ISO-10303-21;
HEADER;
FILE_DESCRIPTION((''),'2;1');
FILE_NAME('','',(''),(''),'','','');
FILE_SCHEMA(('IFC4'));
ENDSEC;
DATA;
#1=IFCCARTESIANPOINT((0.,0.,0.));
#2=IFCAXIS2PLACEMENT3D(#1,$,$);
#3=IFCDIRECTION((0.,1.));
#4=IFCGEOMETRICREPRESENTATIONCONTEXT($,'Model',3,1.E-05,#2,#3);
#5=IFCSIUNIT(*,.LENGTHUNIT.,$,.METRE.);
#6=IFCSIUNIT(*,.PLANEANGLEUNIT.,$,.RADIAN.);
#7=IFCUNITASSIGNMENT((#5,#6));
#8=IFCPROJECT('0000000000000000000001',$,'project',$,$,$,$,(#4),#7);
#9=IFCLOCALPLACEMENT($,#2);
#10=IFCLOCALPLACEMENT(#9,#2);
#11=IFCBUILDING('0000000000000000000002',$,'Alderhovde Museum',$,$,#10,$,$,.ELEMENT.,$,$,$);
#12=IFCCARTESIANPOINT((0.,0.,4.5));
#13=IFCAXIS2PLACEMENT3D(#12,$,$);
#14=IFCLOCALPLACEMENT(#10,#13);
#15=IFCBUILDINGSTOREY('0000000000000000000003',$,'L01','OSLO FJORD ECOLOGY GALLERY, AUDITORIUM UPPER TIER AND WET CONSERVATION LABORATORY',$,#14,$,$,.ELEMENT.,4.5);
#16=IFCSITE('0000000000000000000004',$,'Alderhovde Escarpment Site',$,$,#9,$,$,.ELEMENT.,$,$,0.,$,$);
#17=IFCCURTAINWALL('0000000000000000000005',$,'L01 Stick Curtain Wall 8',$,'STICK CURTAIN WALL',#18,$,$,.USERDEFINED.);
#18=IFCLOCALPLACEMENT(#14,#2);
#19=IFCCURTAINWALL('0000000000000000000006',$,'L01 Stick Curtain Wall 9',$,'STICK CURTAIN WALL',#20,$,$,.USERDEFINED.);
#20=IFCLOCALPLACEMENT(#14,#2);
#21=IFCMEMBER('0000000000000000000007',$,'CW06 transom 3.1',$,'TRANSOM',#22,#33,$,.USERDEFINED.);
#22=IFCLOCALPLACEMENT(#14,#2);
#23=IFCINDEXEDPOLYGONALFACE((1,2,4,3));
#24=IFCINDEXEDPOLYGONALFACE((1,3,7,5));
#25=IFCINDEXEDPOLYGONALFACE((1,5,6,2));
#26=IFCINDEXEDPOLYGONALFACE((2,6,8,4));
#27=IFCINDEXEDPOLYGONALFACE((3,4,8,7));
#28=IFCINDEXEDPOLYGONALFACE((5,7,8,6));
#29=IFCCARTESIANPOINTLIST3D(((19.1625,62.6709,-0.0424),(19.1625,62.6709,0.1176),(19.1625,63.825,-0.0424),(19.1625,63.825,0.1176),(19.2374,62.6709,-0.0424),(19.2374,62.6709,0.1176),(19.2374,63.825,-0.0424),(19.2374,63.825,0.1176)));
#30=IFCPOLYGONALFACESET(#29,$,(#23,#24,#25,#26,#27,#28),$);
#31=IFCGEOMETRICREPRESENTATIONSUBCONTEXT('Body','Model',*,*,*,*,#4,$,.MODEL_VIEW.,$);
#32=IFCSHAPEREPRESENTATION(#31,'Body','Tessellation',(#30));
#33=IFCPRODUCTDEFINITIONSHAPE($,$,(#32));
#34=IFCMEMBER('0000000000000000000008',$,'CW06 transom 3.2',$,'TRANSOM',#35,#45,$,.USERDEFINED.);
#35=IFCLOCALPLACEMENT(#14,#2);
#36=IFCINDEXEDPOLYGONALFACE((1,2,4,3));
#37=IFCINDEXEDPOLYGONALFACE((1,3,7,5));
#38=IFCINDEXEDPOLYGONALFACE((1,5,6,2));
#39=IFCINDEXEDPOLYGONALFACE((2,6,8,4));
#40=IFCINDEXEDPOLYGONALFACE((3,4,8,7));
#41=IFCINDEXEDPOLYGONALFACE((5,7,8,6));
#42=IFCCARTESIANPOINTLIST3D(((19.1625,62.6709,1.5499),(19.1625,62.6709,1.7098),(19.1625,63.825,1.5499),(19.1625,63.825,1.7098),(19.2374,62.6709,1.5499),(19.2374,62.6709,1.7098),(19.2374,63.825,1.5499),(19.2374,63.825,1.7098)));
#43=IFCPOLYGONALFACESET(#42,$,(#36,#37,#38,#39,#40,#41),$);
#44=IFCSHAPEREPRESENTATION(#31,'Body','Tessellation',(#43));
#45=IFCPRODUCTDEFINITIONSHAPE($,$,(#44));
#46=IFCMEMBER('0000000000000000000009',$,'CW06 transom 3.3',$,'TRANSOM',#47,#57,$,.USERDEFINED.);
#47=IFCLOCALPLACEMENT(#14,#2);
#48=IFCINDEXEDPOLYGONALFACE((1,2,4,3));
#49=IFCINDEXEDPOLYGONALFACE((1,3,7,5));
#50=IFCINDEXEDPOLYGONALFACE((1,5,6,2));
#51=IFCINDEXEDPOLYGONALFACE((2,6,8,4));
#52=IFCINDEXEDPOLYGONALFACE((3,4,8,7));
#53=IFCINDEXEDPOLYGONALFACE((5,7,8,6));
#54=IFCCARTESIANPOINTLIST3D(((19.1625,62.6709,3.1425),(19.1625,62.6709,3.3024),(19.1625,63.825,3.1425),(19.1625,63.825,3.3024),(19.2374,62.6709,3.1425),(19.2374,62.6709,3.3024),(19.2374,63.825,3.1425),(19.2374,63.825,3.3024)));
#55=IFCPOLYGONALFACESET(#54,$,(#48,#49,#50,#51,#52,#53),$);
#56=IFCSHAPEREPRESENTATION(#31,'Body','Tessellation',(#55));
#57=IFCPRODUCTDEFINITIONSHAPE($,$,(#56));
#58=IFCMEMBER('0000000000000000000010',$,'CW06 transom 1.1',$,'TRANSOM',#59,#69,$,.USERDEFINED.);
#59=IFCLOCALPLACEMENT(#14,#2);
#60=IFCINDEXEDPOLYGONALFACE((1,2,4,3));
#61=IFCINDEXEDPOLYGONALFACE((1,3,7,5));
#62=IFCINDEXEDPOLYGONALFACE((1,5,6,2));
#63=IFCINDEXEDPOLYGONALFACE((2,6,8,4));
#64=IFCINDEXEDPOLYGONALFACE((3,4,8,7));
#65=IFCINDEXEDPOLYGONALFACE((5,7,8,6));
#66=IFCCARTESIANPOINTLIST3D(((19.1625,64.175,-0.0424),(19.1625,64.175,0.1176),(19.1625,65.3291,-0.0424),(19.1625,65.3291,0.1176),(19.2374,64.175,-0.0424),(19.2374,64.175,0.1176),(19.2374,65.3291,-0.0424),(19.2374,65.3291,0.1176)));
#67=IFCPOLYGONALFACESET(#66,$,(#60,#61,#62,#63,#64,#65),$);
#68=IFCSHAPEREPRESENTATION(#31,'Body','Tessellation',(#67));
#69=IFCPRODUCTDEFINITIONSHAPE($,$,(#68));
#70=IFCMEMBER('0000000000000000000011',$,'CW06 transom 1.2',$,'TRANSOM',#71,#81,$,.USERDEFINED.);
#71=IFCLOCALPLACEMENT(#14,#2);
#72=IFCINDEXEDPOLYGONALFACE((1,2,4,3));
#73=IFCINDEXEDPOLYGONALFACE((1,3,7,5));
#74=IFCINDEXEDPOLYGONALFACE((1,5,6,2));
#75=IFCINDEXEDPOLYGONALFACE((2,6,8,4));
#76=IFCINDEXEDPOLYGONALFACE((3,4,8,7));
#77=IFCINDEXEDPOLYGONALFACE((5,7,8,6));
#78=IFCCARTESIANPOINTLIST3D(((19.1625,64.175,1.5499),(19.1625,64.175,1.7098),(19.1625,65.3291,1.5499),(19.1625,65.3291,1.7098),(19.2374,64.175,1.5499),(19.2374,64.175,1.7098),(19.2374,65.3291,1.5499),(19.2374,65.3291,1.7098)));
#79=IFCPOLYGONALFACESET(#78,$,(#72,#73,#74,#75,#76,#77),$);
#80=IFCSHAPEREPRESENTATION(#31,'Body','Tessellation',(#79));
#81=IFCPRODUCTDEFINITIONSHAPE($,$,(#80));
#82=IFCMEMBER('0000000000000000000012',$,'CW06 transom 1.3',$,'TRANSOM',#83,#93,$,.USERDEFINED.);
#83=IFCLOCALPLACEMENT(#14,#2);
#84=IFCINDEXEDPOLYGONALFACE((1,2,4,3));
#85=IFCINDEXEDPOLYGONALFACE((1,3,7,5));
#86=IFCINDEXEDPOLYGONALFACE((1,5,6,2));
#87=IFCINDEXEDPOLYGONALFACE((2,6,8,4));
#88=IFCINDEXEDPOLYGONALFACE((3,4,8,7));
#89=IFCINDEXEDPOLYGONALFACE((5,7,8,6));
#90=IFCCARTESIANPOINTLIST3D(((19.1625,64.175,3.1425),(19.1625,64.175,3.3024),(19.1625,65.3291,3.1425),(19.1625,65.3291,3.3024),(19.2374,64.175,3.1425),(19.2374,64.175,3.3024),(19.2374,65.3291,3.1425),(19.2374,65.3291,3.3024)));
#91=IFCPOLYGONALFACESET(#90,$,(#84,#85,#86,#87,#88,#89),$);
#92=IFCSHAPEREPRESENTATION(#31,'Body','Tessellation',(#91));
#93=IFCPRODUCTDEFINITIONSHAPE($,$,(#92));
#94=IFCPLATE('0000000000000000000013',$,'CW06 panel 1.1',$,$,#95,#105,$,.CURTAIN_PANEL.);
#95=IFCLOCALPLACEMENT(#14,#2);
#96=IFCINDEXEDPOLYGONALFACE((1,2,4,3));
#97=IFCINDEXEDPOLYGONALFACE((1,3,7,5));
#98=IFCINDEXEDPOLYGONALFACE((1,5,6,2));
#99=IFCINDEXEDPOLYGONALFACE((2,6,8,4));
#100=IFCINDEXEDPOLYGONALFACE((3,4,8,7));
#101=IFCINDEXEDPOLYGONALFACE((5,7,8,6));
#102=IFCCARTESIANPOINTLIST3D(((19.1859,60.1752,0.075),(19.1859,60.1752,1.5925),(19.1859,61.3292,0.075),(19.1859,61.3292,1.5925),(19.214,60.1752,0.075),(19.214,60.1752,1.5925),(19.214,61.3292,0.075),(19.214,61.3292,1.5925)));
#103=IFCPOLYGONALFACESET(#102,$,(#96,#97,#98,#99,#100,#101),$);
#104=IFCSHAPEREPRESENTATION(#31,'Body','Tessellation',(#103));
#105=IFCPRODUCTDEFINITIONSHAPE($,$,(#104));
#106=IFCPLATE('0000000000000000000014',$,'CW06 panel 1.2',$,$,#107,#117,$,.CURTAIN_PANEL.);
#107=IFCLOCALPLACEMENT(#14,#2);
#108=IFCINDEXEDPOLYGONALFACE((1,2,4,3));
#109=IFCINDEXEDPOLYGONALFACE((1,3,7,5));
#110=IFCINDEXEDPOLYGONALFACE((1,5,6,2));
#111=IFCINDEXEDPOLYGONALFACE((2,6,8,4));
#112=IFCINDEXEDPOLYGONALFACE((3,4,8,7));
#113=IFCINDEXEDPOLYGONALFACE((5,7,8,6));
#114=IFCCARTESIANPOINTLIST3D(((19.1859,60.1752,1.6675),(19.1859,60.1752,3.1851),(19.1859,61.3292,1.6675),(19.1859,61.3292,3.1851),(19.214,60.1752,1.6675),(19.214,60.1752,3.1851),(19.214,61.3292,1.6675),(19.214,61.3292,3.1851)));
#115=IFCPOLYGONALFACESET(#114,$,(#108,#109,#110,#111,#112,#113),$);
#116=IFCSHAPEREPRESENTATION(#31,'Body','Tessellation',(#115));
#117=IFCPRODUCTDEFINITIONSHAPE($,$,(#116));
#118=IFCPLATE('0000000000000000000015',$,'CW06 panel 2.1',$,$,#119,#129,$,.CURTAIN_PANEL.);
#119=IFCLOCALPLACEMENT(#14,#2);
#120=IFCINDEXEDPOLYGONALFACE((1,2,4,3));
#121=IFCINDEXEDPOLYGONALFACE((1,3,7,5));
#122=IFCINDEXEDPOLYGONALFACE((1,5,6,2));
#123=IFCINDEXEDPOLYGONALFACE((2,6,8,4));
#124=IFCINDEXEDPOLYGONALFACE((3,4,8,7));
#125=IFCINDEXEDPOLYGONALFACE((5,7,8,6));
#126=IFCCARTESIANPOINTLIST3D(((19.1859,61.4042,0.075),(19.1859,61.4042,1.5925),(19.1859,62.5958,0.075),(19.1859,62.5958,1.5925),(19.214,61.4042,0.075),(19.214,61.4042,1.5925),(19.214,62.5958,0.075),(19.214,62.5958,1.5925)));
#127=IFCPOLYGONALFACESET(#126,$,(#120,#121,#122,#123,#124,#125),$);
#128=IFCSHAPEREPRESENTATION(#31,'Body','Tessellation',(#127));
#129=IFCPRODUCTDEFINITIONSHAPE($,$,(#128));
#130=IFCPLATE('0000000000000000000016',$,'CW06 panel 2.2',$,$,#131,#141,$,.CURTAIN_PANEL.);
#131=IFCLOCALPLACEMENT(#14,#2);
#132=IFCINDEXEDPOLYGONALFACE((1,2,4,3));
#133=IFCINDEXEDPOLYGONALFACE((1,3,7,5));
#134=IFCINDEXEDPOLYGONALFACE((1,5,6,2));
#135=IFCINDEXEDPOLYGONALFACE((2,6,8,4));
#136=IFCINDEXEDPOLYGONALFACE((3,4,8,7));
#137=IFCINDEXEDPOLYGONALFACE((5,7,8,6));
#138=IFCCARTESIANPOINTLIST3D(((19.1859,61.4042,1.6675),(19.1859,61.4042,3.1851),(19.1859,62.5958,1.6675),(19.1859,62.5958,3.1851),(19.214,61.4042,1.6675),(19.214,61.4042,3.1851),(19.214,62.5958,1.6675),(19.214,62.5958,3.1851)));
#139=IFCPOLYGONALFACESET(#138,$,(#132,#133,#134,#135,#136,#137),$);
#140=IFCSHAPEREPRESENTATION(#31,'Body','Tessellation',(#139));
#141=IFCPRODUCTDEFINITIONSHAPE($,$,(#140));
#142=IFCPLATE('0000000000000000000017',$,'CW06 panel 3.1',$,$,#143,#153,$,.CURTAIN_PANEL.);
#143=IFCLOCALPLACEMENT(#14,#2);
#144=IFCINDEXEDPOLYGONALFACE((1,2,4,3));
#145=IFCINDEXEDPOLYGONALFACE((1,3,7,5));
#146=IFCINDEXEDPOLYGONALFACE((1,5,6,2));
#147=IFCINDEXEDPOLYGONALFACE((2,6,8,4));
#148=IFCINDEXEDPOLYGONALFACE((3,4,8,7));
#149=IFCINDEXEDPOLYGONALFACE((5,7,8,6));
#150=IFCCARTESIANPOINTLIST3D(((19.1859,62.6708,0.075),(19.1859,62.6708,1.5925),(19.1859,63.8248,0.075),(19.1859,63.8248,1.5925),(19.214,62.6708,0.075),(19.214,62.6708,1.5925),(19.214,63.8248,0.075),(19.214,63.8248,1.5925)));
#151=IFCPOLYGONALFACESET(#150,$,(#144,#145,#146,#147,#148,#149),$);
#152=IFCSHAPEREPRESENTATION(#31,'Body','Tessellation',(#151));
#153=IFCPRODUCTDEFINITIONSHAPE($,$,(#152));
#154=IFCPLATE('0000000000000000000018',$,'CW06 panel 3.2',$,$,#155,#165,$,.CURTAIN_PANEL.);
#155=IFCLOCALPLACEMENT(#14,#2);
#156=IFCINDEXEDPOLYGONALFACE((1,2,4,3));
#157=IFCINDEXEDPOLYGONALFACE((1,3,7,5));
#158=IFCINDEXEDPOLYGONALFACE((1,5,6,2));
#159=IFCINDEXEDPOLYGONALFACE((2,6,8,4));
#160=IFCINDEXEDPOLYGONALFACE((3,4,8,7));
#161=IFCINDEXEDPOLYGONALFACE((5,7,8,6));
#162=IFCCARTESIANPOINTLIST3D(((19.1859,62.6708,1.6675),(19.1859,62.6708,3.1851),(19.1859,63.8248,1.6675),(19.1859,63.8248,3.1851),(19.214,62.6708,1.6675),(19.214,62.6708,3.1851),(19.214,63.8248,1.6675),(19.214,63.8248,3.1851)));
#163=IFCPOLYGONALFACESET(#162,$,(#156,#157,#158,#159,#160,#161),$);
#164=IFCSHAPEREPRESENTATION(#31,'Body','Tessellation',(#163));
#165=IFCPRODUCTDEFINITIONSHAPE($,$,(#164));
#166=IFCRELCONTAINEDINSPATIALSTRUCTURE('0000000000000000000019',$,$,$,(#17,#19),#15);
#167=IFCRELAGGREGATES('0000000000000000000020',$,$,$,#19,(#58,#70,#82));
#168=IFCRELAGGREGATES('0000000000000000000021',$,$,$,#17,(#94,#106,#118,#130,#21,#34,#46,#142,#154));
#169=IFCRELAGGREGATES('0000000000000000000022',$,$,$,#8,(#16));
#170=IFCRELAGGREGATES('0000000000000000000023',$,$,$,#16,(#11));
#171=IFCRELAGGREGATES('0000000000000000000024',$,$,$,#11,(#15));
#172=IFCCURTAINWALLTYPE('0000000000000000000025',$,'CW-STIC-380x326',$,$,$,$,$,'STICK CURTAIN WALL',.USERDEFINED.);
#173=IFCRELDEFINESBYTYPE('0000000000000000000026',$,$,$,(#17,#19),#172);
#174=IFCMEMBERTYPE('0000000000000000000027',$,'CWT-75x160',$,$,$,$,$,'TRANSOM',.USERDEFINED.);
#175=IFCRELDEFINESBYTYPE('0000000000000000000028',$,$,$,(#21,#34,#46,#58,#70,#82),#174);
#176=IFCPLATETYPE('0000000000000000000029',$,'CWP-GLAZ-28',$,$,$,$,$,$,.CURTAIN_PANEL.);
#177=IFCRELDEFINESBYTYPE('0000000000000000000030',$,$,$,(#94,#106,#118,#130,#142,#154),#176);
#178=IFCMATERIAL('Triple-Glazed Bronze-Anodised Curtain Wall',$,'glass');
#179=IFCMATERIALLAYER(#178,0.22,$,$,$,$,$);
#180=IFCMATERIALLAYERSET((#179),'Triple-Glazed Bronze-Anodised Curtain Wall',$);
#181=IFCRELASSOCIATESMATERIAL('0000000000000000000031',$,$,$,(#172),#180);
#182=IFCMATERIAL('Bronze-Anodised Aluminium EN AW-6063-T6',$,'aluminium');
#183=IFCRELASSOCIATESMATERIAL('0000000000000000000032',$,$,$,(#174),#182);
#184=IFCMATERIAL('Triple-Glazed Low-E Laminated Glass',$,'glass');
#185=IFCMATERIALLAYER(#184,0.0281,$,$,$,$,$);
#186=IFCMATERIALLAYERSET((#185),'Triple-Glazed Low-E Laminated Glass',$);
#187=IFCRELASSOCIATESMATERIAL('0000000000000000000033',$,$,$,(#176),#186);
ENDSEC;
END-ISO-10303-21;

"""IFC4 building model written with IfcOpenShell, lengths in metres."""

from ifc_helpers import new_model, si_unit, direction, frame, origin, origin_2d, place, context, subcontext, project, spatial, rectangle, extrude, material, layer, layer_set, material_profile, profile_set, type_object, element, aggregate, save


model = new_model("IFC4")

# Units and contexts
model_context = context("Model", 3, precision=1e-05, world=origin(), true_north=direction((0.0, 1.0)))
body_context = subcontext(model_context, "Body", "Model", "MODEL_VIEW")
ifc_project = project(units=[si_unit("LENGTHUNIT", "METRE"), si_unit("PLANEANGLEUNIT", "RADIAN")], contexts=[model_context])

# Site, building, storey
site_placement = place(None, origin())
site = spatial("IfcSite", under=ifc_project, at=site_placement, Name="Alderhovde Escarpment Site", CompositionType="ELEMENT", RefElevation=0.0)
building_placement = place(site_placement, origin())
building = spatial("IfcBuilding", under=site, at=building_placement, Name="Alderhovde Museum", CompositionType="ELEMENT")
storey_placement = place(building_placement, frame((0.0, 0.0, 4.5)))
storey = spatial("IfcBuildingStorey", under=building, at=storey_placement, Name="L01", Description="OSLO FJORD ECOLOGY GALLERY, AUDITORIUM UPPER TIER AND WET CONSERVATION LABORATORY", CompositionType="ELEMENT", Elevation=4.5)

# Curtain wall
ifc_material_1 = material(Name="Triple-Glazed Bronze-Anodised Curtain Wall", Category="glass")
ifc_layer_1 = layer(ifc_material_1, 0.22)
ifc_layer_set_1 = layer_set([ifc_layer_1], Name="Triple-Glazed Bronze-Anodised Curtain Wall")
curtain_wall_type = type_object("IfcCurtainWallType", Name="CW-STIC-380x326", ElementType="STICK CURTAIN WALL", PredefinedType="USERDEFINED", material=ifc_layer_set_1)
curtain_wall_1_placement = place(storey_placement, origin())
curtain_wall_1 = element("IfcCurtainWall", 1, at=curtain_wall_1_placement, inside=storey, type_object=curtain_wall_type, Name="L01 Stick Curtain Wall 8", ObjectType="STICK CURTAIN WALL", PredefinedType="USERDEFINED")

# Curtain wall
curtain_wall_2_placement = place(storey_placement, origin())
curtain_wall_2 = element("IfcCurtainWall", 2, at=curtain_wall_2_placement, inside=storey, type_object=curtain_wall_type, Name="L01 Stick Curtain Wall 9", ObjectType="STICK CURTAIN WALL", PredefinedType="USERDEFINED")

# Members
ifc_material_2 = material(Name="Bronze-Anodised Aluminium EN AW-6063-T6", Category="aluminium")
ifc_material_profile_1 = material_profile(ifc_material_2, rectangle(XDim=0.075, YDim=0.1599, at=origin_2d()), Name="TRANSOM 75x160")
ifc_profile_set_1 = profile_set([ifc_material_profile_1], Name="Bronze-Anodised Aluminium EN AW-6063-T6")
member_type_1 = type_object("IfcMemberType", Name="CWT-75x160", ElementType="TRANSOM", PredefinedType="USERDEFINED", material=ifc_profile_set_1)
member_1_placement = place(storey_placement, frame((19.2, 62.6709, 0.0376), z_axis=(0.0, 1.0, 0.0), x_axis=(-1.0, 0.0, 0.0)))
member_1 = element("IfcMember", 3, at=member_1_placement, type_object=member_type_1, Name="CW06 transom 3.1", ObjectType="TRANSOM", PredefinedType="USERDEFINED", context=body_context, shape_type="SweptSolid", body=[
    extrude(rectangle(XDim=0.075, YDim=0.1599, at=origin_2d()), origin(), (0.0, 0.0, 1.0), 1.1541),
])
member_2_placement = place(storey_placement, frame((19.2, 62.6709, 1.6299), z_axis=(0.0, 1.0, 0.0), x_axis=(-1.0, 0.0, 0.0)))
member_2 = element("IfcMember", 4, at=member_2_placement, type_object=member_type_1, Name="CW06 transom 3.2", ObjectType="TRANSOM", PredefinedType="USERDEFINED", context=body_context, shape_type="SweptSolid", body=[
    extrude(rectangle(XDim=0.075, YDim=0.1599, at=origin_2d()), origin(), (0.0, 0.0, 1.0), 1.1541),
])
member_3_placement = place(storey_placement, frame((19.2, 62.6709, 3.2224), z_axis=(0.0, 1.0, 0.0), x_axis=(-1.0, 0.0, 0.0)))
member_3 = element("IfcMember", 5, at=member_3_placement, type_object=member_type_1, Name="CW06 transom 3.3", ObjectType="TRANSOM", PredefinedType="USERDEFINED", context=body_context, shape_type="SweptSolid", body=[
    extrude(rectangle(XDim=0.075, YDim=0.1599, at=origin_2d()), origin(), (0.0, 0.0, 1.0), 1.1541),
])
member_4_placement = place(storey_placement, frame((19.2, 64.175, 0.0376), z_axis=(0.0, 1.0, 0.0), x_axis=(-1.0, 0.0, 0.0)))
member_4 = element("IfcMember", 6, at=member_4_placement, type_object=member_type_1, Name="CW06 transom 1.1", ObjectType="TRANSOM", PredefinedType="USERDEFINED", context=body_context, shape_type="SweptSolid", body=[
    extrude(rectangle(XDim=0.075, YDim=0.1599, at=origin_2d()), origin(), (0.0, 0.0, 1.0), 1.1541),
])
member_5_placement = place(storey_placement, frame((19.2, 64.175, 1.6299), z_axis=(0.0, 1.0, 0.0), x_axis=(-1.0, 0.0, 0.0)))
member_5 = element("IfcMember", 7, at=member_5_placement, type_object=member_type_1, Name="CW06 transom 1.2", ObjectType="TRANSOM", PredefinedType="USERDEFINED", context=body_context, shape_type="SweptSolid", body=[
    extrude(rectangle(XDim=0.075, YDim=0.1599, at=origin_2d()), origin(), (0.0, 0.0, 1.0), 1.1541),
])
member_6_placement = place(storey_placement, frame((19.2, 64.175, 3.2224), z_axis=(0.0, 1.0, 0.0), x_axis=(-1.0, 0.0, 0.0)))
member_6 = element("IfcMember", 8, at=member_6_placement, type_object=member_type_1, Name="CW06 transom 1.3", ObjectType="TRANSOM", PredefinedType="USERDEFINED", context=body_context, shape_type="SweptSolid", body=[
    extrude(rectangle(XDim=0.075, YDim=0.1599, at=origin_2d()), origin(), (0.0, 0.0, 1.0), 1.1541),
])
aggregate(curtain_wall_2, [member_4, member_5, member_6])

# Plates
ifc_material_3 = material(Name="Triple-Glazed Low-E Laminated Glass", Category="glass")
ifc_layer_2 = layer(ifc_material_3, 0.0281)
ifc_layer_set_2 = layer_set([ifc_layer_2], Name="Triple-Glazed Low-E Laminated Glass")
plate_type = type_object("IfcPlateType", Name="CWP-GLAZ-28", PredefinedType="CURTAIN_PANEL", material=ifc_layer_set_2)
plate_1_placement = place(storey_placement, frame((19.2, 60.7522, 0.075), z_axis=(0.0, 0.0, 1.0), x_axis=(0.0, 1.0, 0.0)))
plate_1 = element("IfcPlate", 9, at=plate_1_placement, type_object=plate_type, Name="CW06 panel 1.1", PredefinedType="CURTAIN_PANEL", context=body_context, shape_type="SweptSolid", body=[
    extrude(rectangle(XDim=1.1541, YDim=0.0281, at=origin_2d()), origin(), (0.0, 0.0, 1.0), 1.5176),
])
plate_2_placement = place(storey_placement, frame((19.2, 60.7522, 1.6675), z_axis=(0.0, 0.0, 1.0), x_axis=(0.0, 1.0, 0.0)))
plate_2 = element("IfcPlate", 10, at=plate_2_placement, type_object=plate_type, Name="CW06 panel 1.2", PredefinedType="CURTAIN_PANEL", context=body_context, shape_type="SweptSolid", body=[
    extrude(rectangle(XDim=1.1541, YDim=0.0281, at=origin_2d()), origin(), (0.0, 0.0, 1.0), 1.5176),
])
plate_3_placement = place(storey_placement, frame((19.2, 62.0, 0.075), z_axis=(0.0, 0.0, 1.0), x_axis=(0.0, 1.0, 0.0)))
plate_3 = element("IfcPlate", 11, at=plate_3_placement, type_object=plate_type, Name="CW06 panel 2.1", PredefinedType="CURTAIN_PANEL", context=body_context, shape_type="SweptSolid", body=[
    extrude(rectangle(XDim=1.1917, YDim=0.0281, at=origin_2d()), origin(), (0.0, 0.0, 1.0), 1.5176),
])
plate_4_placement = place(storey_placement, frame((19.2, 62.0, 1.6675), z_axis=(0.0, 0.0, 1.0), x_axis=(0.0, 1.0, 0.0)))
plate_4 = element("IfcPlate", 12, at=plate_4_placement, type_object=plate_type, Name="CW06 panel 2.2", PredefinedType="CURTAIN_PANEL", context=body_context, shape_type="SweptSolid", body=[
    extrude(rectangle(XDim=1.1917, YDim=0.0281, at=origin_2d()), origin(), (0.0, 0.0, 1.0), 1.5176),
])
plate_5_placement = place(storey_placement, frame((19.2, 63.2478, 0.075), z_axis=(0.0, 0.0, 1.0), x_axis=(0.0, 1.0, 0.0)))
plate_5 = element("IfcPlate", 13, at=plate_5_placement, type_object=plate_type, Name="CW06 panel 3.1", PredefinedType="CURTAIN_PANEL", context=body_context, shape_type="SweptSolid", body=[
    extrude(rectangle(XDim=1.1541, YDim=0.0281, at=origin_2d()), origin(), (0.0, 0.0, 1.0), 1.5176),
])
plate_6_placement = place(storey_placement, frame((19.2, 63.2478, 1.6675), z_axis=(0.0, 0.0, 1.0), x_axis=(0.0, 1.0, 0.0)))
plate_6 = element("IfcPlate", 14, at=plate_6_placement, type_object=plate_type, Name="CW06 panel 3.2", PredefinedType="CURTAIN_PANEL", context=body_context, shape_type="SweptSolid", body=[
    extrude(rectangle(XDim=1.1541, YDim=0.0281, at=origin_2d()), origin(), (0.0, 0.0, 1.0), 1.5176),
])
aggregate(curtain_wall_1, [plate_1, plate_2, plate_3, plate_4, member_1, member_2, member_3, plate_5, plate_6])

save(model, "model.ifc")
